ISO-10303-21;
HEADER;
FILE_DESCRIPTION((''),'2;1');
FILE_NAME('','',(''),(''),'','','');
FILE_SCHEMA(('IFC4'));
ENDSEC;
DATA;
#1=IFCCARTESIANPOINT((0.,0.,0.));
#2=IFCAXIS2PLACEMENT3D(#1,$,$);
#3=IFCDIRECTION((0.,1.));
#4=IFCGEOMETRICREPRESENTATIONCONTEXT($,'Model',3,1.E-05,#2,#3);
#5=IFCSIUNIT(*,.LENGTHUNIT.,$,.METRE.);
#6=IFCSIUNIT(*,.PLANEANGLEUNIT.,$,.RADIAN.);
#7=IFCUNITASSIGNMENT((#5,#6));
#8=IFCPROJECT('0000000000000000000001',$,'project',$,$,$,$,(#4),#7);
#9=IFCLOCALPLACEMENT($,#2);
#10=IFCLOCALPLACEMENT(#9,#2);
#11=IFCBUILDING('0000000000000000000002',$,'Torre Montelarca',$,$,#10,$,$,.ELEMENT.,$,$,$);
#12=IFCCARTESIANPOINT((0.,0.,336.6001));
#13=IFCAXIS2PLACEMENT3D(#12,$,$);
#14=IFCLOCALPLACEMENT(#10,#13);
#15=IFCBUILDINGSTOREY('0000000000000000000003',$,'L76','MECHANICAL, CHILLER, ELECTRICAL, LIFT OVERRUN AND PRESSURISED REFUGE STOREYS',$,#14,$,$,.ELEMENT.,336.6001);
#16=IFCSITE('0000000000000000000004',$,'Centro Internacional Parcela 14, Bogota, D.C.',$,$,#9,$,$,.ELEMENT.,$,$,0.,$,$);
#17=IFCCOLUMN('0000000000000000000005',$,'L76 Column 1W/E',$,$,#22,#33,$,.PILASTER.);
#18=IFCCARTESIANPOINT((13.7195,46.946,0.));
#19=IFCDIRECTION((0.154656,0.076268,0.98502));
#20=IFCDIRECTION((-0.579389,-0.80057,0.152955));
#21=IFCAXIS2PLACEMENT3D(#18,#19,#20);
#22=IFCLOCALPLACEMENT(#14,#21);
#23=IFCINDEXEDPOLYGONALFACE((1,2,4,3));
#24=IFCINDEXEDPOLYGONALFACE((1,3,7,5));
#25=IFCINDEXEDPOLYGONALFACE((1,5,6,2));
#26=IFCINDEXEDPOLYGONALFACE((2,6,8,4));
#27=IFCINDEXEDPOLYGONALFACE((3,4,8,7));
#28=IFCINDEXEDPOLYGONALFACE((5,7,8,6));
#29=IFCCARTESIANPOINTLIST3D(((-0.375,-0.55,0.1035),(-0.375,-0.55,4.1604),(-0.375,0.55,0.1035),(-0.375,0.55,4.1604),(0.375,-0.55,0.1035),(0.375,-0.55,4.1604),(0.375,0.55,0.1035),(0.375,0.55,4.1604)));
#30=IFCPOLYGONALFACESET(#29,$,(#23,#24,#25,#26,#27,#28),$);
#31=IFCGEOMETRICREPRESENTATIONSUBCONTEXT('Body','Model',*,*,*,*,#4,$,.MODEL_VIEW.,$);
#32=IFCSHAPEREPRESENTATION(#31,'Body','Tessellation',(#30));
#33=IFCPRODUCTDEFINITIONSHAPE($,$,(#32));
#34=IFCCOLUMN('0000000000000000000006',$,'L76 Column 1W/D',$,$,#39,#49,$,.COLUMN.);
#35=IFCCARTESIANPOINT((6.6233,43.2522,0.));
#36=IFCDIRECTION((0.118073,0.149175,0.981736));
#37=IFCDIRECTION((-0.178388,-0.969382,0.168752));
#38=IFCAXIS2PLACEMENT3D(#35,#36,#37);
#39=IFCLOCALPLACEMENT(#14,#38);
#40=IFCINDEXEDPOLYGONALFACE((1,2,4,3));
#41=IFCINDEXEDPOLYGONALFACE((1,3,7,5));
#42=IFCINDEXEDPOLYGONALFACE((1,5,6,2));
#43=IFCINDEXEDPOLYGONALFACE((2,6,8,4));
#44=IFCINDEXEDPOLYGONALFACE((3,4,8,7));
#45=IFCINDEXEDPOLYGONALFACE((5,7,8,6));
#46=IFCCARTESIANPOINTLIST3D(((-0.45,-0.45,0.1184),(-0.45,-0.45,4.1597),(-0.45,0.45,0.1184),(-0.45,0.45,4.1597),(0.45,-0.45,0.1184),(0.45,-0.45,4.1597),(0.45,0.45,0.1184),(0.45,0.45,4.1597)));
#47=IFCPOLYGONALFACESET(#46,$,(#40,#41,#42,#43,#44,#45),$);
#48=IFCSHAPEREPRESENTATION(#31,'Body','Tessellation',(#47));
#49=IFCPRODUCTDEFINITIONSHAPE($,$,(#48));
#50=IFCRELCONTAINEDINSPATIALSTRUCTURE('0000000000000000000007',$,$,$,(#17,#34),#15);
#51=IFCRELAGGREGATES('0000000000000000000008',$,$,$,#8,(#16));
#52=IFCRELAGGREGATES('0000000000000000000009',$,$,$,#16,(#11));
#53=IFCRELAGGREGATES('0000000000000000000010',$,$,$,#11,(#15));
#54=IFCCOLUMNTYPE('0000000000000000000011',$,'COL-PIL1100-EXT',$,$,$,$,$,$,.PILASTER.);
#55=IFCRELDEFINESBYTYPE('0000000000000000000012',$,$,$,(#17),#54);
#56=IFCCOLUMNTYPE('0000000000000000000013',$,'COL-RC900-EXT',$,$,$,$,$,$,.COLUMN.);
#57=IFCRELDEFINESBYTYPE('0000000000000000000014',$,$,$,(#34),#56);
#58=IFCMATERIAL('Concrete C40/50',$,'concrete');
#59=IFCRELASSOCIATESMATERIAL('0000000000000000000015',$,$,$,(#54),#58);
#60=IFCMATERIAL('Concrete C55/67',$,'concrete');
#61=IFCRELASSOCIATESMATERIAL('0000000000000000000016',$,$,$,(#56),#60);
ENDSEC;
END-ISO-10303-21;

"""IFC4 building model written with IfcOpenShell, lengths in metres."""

from ifc_helpers import new_model, si_unit, direction, frame, origin, origin_2d, place, context, subcontext, project, spatial, rectangle, extrude, clip, halfspace, material, material_profile, profile_set, type_object, element, save


model = new_model("IFC4")

# Units and contexts
model_context = context("Model", 3, precision=1e-05, world=origin(), true_north=direction((0.0, 1.0)))
body_context = subcontext(model_context, "Body", "Model", "MODEL_VIEW")
ifc_project = project(units=[si_unit("LENGTHUNIT", "METRE"), si_unit("PLANEANGLEUNIT", "RADIAN")], contexts=[model_context])

# Site, building, storey
site_placement = place(None, origin())
site = spatial("IfcSite", under=ifc_project, at=site_placement, Name="Centro Internacional Parcela 14, Bogota, D.C.", CompositionType="ELEMENT", RefElevation=0.0)
building_placement = place(site_placement, origin())
building = spatial("IfcBuilding", under=site, at=building_placement, Name="Torre Montelarca", CompositionType="ELEMENT")
storey_placement = place(building_placement, frame((0.0, 0.0, 336.6001)))
storey = spatial("IfcBuildingStorey", under=building, at=storey_placement, Name="L76", Description="MECHANICAL, CHILLER, ELECTRICAL, LIFT OVERRUN AND PRESSURISED REFUGE STOREYS", CompositionType="ELEMENT", Elevation=336.6001)

# Columns
ifc_material_1 = material(Name="Concrete C40/50", Category="concrete")
ifc_material_profile_1 = material_profile(ifc_material_1, rectangle(XDim=0.75, YDim=1.1001, at=origin_2d()), Name="RC1100X750", Category="concrete")
ifc_profile_set_1 = profile_set([ifc_material_profile_1], Name="Concrete C40/50")
column_type_1 = type_object("IfcColumnType", Name="COL-PIL1100-EXT", PredefinedType="PILASTER", material=ifc_profile_set_1)
column_1_placement = place(storey_placement, frame((13.7195, 46.946, 0.0), z_axis=(0.154656, 0.076268, 0.98502), x_axis=(-0.579389, -0.80057, 0.152955)))
element("IfcColumn", 1, at=column_1_placement, inside=storey, type_object=column_type_1, Name="L76 Column 1W/E", PredefinedType="PILASTER", context=body_context, shape_type="Clipping", body=[
    clip(clip(extrude(rectangle(XDim=0.75, YDim=1.1001, at=origin_2d()), origin(), (0.0, 0.0, 1.0), 4.2639), halfspace(frame((0.0, 0.0, 0.1035), z_axis=(0.0, 0.0, -1.0), x_axis=(1.0, 0.0, 0.0)), False)), halfspace(frame((0.0, 0.0, 4.1604), z_axis=(0.0, 0.0, 1.0), x_axis=(1.0, 0.0, 0.0)), False)),
])
ifc_material_2 = material(Name="Concrete C55/67", Category="concrete")
ifc_material_profile_2 = material_profile(ifc_material_2, rectangle(XDim=0.8999, YDim=0.8999, at=origin_2d()), Name="RC900X900", Category="concrete")
ifc_profile_set_2 = profile_set([ifc_material_profile_2], Name="Concrete C55/67")
column_type_2 = type_object("IfcColumnType", Name="COL-RC900-EXT", PredefinedType="COLUMN", material=ifc_profile_set_2)
column_2_placement = place(storey_placement, frame((6.6233, 43.2522, 0.0), z_axis=(0.118073, 0.149175, 0.981736), x_axis=(-0.178388, -0.969382, 0.168752)))
element("IfcColumn", 2, at=column_2_placement, inside=storey, type_object=column_type_2, Name="L76 Column 1W/D", PredefinedType="COLUMN", context=body_context, shape_type="Clipping", body=[
    clip(clip(extrude(rectangle(XDim=0.8999, YDim=0.8999, at=origin_2d()), origin(), (0.0, 0.0, 1.0), 4.2781), halfspace(frame((0.0, 0.0, 0.1184), z_axis=(0.0, 0.0, -1.0), x_axis=(1.0, 0.0, 0.0)), False)), halfspace(frame((0.0, 0.0, 4.1597), z_axis=(0.0, 0.0, 1.0), x_axis=(1.0, 0.0, 0.0)), False)),
])

save(model, "model.ifc")
